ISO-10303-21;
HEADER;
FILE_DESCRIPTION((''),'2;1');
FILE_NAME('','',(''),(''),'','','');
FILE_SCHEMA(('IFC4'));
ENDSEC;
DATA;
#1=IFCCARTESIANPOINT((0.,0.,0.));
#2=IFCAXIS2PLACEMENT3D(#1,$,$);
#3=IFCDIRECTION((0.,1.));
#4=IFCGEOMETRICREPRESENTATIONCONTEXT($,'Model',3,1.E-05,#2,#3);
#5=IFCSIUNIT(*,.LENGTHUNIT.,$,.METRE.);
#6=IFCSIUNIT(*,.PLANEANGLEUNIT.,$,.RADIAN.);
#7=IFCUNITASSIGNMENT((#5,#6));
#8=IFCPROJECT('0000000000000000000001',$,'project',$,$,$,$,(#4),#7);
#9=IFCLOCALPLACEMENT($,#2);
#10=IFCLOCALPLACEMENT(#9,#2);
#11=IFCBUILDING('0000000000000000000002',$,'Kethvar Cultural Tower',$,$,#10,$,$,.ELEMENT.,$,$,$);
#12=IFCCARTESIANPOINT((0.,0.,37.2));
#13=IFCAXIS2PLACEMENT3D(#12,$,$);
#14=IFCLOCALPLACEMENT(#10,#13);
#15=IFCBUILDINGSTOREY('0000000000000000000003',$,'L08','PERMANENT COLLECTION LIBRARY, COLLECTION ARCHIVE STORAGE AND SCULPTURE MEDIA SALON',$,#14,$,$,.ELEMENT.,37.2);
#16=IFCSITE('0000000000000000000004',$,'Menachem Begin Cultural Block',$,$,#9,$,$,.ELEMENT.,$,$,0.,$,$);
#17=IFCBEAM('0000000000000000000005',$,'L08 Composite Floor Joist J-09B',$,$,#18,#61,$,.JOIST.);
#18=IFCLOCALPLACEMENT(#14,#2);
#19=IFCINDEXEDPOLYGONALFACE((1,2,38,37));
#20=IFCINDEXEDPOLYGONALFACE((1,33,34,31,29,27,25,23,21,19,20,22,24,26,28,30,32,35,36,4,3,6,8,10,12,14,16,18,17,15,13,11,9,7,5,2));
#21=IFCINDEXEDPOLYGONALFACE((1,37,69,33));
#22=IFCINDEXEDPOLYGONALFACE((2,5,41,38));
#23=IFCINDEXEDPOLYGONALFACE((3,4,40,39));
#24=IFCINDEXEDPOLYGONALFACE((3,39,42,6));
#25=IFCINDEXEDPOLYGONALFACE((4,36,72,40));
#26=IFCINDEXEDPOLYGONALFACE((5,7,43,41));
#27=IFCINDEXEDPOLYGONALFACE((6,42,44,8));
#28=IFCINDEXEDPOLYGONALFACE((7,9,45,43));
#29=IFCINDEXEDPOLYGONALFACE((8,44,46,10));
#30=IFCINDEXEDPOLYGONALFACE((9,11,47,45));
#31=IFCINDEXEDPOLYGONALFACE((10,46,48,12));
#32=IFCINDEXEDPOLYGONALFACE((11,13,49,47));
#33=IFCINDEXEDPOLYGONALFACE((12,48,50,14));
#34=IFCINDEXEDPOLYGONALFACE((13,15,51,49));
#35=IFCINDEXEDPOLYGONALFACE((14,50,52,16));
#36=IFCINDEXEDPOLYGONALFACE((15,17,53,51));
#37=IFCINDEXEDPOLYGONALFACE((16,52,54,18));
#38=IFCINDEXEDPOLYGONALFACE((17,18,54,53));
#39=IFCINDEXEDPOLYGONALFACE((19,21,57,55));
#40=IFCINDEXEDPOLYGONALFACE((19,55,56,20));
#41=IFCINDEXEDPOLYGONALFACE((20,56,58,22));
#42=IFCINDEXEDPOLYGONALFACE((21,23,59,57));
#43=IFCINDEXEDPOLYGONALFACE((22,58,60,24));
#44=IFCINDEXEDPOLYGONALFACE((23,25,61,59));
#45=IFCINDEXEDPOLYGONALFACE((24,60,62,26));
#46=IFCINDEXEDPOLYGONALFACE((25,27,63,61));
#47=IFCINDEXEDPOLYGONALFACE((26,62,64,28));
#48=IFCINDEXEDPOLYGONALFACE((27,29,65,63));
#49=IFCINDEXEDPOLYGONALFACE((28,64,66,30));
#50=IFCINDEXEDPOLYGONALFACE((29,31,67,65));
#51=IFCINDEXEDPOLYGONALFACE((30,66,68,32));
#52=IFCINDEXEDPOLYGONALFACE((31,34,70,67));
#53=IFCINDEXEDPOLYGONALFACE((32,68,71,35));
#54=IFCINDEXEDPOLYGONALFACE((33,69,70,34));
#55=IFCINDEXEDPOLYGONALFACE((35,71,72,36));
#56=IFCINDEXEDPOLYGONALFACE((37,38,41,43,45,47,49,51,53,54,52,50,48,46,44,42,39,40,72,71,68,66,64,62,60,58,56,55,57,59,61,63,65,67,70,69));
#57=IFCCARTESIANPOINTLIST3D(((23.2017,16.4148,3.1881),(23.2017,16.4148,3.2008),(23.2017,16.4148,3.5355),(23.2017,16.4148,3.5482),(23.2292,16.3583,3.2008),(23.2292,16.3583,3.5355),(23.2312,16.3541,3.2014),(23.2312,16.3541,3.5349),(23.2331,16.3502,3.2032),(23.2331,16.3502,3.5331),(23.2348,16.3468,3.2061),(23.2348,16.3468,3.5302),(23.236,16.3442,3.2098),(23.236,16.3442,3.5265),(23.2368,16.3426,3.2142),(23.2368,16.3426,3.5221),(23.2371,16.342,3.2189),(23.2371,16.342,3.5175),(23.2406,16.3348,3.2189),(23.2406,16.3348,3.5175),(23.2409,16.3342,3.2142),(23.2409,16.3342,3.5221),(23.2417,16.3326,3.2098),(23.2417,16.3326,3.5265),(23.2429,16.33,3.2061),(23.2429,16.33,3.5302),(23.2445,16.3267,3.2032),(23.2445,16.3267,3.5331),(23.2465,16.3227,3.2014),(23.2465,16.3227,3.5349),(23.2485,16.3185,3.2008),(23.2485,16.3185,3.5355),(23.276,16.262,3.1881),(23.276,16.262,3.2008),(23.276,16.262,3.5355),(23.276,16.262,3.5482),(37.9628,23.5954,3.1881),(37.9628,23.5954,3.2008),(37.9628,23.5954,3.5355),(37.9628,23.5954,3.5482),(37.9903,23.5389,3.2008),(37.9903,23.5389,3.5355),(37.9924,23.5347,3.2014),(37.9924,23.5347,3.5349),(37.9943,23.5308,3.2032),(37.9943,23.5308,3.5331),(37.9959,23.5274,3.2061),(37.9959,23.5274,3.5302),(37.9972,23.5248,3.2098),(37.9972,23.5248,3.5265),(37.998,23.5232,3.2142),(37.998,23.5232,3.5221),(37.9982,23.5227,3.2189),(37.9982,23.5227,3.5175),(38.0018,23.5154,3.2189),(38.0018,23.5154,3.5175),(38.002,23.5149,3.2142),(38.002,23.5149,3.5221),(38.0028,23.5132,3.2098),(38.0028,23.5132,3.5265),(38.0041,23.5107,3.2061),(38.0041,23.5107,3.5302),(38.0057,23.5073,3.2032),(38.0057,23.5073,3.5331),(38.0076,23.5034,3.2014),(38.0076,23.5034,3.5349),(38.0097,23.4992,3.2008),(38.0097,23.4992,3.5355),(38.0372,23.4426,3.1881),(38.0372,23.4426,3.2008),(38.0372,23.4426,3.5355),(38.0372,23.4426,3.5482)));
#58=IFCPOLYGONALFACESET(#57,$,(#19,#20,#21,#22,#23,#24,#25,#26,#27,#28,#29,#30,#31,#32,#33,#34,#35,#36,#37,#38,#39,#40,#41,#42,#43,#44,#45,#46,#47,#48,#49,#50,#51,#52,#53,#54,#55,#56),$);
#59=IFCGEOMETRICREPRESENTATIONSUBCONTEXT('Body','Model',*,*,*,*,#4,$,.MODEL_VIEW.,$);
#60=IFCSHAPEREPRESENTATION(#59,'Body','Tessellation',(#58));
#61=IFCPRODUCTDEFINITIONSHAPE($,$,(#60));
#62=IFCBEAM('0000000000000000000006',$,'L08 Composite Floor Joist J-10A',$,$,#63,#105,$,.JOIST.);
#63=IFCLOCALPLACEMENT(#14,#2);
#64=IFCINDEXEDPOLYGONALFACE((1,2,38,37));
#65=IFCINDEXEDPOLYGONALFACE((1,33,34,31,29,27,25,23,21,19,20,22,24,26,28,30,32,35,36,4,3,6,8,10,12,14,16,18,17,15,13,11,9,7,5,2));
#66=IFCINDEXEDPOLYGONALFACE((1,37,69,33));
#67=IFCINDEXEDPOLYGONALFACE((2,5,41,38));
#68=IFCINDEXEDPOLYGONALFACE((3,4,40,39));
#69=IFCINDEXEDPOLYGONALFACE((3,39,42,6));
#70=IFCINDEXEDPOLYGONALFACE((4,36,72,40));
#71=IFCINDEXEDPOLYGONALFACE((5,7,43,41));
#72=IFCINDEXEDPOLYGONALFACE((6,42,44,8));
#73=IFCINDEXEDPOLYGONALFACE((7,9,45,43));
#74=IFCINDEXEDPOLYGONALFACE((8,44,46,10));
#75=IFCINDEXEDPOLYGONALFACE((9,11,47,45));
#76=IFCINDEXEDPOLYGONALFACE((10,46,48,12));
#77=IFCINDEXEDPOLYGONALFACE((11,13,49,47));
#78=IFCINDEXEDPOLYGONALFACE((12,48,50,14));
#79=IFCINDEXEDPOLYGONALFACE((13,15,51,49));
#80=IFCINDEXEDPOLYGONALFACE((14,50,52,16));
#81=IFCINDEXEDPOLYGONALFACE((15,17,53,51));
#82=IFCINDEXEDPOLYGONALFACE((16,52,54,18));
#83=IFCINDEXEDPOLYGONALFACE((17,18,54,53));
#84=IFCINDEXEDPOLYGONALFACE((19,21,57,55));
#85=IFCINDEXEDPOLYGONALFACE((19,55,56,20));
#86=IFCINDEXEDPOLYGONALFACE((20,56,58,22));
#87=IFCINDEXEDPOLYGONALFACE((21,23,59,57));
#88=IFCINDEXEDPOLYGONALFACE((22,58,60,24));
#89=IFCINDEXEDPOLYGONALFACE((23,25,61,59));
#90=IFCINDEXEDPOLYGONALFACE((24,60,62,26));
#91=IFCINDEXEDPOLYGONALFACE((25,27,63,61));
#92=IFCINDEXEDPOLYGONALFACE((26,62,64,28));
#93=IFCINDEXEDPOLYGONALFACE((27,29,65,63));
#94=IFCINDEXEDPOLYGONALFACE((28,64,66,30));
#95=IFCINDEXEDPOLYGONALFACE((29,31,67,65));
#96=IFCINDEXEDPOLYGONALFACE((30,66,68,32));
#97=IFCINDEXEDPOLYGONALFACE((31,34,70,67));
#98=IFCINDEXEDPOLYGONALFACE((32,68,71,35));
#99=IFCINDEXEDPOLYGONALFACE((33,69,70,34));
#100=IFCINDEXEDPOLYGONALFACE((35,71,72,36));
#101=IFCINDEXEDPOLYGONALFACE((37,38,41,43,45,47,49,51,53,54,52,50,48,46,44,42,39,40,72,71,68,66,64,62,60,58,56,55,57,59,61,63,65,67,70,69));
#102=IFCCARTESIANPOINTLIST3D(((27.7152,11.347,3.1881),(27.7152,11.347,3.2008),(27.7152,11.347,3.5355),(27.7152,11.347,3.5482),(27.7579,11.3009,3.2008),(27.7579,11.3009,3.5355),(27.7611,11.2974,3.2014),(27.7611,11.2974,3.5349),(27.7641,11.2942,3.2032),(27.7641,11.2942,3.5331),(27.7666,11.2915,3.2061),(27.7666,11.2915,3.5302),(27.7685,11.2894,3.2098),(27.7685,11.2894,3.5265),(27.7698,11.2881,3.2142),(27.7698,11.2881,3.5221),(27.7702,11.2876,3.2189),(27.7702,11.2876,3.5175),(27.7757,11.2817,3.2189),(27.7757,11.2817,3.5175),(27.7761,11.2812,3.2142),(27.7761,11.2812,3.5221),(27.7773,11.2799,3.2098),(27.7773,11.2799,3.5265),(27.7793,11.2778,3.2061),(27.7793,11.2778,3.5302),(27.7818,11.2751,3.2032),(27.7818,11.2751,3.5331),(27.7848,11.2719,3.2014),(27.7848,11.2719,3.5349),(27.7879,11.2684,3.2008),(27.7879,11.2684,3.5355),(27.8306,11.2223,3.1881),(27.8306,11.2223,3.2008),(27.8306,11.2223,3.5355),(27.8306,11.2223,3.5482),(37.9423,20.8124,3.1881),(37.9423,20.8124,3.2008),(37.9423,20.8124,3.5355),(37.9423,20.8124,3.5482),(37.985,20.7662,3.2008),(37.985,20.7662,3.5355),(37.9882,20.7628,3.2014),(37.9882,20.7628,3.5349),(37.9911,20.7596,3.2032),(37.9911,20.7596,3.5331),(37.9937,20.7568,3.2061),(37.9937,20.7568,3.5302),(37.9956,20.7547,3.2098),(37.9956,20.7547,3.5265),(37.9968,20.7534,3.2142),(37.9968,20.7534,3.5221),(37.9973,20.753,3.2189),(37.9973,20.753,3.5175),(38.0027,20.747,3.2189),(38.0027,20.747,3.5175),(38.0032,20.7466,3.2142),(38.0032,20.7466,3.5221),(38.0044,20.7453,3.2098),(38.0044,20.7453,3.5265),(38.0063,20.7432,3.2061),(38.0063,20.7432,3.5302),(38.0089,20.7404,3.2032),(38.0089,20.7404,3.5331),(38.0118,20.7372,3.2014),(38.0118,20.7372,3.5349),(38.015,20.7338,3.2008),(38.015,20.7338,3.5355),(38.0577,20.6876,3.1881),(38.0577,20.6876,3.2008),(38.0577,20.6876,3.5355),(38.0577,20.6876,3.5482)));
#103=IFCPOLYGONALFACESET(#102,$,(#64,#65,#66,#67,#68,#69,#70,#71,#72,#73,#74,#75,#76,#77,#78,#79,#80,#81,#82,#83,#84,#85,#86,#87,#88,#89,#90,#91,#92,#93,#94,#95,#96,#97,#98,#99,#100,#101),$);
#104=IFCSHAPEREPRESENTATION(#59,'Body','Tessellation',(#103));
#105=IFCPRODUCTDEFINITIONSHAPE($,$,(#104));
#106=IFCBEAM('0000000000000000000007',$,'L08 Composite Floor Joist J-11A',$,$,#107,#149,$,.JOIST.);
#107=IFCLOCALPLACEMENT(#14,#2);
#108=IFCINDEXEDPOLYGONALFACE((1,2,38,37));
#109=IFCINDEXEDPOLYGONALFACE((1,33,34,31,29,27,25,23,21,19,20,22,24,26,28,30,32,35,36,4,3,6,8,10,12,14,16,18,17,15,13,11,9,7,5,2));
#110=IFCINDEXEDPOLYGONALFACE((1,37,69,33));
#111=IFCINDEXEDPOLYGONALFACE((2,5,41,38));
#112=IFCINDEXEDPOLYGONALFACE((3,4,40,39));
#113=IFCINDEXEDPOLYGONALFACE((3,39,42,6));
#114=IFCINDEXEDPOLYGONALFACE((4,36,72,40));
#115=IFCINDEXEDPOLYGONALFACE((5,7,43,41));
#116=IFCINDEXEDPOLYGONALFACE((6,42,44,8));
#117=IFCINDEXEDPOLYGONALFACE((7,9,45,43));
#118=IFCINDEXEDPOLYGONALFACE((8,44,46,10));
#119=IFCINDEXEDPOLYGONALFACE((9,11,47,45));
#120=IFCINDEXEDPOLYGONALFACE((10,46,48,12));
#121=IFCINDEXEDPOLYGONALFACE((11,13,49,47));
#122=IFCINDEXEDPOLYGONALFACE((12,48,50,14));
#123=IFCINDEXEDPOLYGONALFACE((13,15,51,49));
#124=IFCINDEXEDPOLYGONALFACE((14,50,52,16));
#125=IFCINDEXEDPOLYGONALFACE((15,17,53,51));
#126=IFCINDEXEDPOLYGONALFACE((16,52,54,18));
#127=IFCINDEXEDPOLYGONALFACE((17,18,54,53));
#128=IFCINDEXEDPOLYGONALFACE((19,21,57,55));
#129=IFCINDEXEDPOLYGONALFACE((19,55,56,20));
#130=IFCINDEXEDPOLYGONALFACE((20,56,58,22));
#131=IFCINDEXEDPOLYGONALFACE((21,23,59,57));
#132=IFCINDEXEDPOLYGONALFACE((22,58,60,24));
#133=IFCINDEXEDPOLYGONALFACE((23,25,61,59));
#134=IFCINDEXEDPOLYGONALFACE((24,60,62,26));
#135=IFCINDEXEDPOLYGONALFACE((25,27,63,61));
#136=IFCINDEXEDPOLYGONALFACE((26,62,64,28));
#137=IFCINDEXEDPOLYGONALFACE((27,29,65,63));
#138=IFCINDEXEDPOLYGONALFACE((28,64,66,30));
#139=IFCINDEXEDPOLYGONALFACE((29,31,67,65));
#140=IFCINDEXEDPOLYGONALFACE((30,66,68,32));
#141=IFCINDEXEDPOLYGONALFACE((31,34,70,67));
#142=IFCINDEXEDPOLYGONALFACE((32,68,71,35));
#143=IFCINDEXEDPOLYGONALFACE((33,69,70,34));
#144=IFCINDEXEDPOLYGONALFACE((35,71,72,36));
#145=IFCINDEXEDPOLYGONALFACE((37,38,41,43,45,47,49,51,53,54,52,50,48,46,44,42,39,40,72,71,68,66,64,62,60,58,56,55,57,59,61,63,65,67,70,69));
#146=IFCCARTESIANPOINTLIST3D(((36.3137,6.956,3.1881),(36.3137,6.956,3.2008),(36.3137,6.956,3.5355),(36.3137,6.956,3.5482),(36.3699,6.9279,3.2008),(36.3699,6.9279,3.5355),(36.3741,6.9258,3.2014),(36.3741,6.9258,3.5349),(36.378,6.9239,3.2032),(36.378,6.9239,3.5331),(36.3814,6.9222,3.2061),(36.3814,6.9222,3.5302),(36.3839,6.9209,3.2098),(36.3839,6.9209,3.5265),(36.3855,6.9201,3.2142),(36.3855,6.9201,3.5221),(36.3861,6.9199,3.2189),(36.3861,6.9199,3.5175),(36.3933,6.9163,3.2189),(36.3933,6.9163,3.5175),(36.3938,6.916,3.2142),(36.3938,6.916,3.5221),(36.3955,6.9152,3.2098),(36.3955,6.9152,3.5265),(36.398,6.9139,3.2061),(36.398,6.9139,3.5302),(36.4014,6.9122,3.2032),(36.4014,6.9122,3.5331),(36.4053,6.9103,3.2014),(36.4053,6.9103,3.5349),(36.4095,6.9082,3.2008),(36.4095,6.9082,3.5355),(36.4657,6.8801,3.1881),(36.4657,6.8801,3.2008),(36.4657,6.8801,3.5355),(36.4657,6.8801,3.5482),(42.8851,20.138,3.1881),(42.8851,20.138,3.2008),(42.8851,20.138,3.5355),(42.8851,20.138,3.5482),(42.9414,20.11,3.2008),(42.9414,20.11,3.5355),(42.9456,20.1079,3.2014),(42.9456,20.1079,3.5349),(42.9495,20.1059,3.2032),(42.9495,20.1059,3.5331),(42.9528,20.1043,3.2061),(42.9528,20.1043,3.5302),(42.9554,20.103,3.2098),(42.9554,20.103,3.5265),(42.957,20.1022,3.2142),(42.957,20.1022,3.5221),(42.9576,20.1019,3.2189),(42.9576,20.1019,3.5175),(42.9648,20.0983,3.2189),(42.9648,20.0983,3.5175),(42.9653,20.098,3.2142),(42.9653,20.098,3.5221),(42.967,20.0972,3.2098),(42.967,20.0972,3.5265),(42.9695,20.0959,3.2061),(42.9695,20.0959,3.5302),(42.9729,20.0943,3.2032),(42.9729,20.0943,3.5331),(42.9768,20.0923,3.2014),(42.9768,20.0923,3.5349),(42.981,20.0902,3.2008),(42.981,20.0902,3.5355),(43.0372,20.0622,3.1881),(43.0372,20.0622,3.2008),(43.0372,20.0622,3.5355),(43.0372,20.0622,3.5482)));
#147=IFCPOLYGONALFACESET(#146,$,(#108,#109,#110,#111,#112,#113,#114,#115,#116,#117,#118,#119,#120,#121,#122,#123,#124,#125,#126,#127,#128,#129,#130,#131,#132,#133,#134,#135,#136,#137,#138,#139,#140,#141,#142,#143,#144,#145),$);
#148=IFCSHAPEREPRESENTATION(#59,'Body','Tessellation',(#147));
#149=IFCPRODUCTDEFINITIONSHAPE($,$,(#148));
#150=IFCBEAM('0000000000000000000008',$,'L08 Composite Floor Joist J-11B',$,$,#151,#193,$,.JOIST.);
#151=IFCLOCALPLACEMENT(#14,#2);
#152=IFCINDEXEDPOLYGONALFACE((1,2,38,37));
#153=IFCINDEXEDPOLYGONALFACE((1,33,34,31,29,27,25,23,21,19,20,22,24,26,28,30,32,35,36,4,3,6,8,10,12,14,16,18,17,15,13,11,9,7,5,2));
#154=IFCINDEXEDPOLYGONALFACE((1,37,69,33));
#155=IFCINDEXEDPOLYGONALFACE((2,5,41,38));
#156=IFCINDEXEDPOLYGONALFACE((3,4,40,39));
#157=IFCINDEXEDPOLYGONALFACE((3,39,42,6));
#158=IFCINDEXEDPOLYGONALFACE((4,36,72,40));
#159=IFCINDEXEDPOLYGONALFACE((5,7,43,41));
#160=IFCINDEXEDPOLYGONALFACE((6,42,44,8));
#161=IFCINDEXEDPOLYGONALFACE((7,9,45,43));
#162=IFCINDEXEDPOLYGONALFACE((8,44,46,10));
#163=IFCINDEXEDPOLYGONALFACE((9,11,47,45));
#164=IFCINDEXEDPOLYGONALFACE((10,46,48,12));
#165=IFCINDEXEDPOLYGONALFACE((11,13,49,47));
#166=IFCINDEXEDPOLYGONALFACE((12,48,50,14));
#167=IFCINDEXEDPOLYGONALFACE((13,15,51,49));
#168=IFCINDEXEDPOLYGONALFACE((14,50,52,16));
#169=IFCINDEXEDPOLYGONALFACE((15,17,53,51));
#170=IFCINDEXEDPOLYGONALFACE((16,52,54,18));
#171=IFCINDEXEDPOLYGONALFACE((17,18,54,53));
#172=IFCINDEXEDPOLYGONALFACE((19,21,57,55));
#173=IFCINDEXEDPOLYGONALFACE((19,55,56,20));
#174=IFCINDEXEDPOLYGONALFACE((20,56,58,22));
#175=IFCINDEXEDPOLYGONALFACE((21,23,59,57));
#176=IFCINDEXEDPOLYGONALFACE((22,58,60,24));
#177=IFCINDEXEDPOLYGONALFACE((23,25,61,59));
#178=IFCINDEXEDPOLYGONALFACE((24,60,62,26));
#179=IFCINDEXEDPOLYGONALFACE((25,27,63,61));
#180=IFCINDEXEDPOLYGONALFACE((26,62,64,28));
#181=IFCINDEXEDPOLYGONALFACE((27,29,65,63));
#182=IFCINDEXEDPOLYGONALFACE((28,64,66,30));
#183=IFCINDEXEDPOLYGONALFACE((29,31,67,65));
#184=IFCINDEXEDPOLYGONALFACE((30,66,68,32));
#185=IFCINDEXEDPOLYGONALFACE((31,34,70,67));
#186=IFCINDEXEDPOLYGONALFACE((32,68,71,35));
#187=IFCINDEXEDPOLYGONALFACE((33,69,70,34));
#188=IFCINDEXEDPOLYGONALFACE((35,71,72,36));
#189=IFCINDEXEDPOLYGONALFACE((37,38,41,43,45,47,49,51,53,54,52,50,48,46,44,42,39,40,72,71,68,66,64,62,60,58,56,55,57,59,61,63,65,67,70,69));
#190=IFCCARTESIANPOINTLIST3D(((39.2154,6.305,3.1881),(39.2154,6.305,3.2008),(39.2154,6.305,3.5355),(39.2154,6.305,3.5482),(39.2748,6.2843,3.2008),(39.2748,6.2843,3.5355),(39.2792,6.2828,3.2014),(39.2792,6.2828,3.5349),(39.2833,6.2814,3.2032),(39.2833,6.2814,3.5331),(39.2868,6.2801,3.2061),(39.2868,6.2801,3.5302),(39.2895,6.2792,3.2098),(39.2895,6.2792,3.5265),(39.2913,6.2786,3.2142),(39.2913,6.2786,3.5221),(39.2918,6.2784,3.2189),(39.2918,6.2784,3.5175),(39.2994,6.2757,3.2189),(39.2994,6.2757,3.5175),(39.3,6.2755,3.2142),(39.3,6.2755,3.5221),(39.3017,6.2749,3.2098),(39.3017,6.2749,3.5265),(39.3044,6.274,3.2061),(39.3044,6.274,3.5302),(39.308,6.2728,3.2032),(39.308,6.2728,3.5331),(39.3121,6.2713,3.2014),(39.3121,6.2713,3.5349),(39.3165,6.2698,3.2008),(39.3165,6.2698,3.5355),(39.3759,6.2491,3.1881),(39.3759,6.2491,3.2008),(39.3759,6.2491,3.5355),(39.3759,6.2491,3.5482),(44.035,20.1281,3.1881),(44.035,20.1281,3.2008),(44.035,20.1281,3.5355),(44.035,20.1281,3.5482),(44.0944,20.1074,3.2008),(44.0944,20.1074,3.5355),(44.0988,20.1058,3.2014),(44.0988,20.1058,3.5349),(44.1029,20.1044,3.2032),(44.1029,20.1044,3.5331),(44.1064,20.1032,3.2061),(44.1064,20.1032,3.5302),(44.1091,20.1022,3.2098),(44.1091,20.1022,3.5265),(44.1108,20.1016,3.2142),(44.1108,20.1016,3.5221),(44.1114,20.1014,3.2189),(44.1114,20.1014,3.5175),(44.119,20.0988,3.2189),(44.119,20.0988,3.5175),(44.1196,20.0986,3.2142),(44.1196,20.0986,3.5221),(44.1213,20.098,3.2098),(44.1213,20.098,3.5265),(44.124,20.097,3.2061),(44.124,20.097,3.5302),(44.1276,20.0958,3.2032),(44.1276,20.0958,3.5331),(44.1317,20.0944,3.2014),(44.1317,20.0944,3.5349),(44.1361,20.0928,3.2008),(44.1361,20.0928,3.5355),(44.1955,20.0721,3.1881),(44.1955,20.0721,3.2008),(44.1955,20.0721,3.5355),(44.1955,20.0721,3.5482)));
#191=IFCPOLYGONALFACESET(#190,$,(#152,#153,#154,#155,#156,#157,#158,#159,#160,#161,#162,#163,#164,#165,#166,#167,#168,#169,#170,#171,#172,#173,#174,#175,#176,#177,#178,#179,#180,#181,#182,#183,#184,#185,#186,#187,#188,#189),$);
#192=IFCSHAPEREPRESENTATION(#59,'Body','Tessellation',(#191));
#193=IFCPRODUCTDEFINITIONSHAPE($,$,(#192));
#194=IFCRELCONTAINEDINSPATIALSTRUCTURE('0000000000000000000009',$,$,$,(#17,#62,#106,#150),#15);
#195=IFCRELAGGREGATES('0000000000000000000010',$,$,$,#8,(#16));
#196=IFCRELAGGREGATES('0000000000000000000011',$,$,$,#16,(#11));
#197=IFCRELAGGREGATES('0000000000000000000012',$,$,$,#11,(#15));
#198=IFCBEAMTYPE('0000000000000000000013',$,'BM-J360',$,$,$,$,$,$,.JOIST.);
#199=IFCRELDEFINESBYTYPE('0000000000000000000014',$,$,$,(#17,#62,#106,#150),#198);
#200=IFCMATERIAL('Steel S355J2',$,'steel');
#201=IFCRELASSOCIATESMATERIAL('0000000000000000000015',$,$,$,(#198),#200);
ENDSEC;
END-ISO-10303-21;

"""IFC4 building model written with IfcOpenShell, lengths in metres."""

from ifc_helpers import new_model, si_unit, direction, frame, origin, origin_2d, place, context, subcontext, project, spatial, i_section, extrude, source, transform, mapped, material, material_profile, profile_set, type_object, element, save


model = new_model("IFC4")

# Units and contexts
model_context = context("Model", 3, precision=1e-05, world=origin(), true_north=direction((0.0, 1.0)))
body_context = subcontext(model_context, "Body", "Model", "MODEL_VIEW")
ifc_project = project(units=[si_unit("LENGTHUNIT", "METRE"), si_unit("PLANEANGLEUNIT", "RADIAN")], contexts=[model_context])

# Site, building, storey
site_placement = place(None, origin())
site = spatial("IfcSite", under=ifc_project, at=site_placement, Name="Menachem Begin Cultural Block", CompositionType="ELEMENT", RefElevation=0.0)
building_placement = place(site_placement, origin())
building = spatial("IfcBuilding", under=site, at=building_placement, Name="Kethvar Cultural Tower", CompositionType="ELEMENT")
storey_placement = place(building_placement, frame((0.0, 0.0, 37.2)))
storey = spatial("IfcBuildingStorey", under=building, at=storey_placement, Name="L08", Description="PERMANENT COLLECTION LIBRARY, COLLECTION ARCHIVE STORAGE AND SCULPTURE MEDIA SALON", CompositionType="ELEMENT", Elevation=37.2)

# Beams
ifc_material_1 = material(Name="Steel S355J2", Category="steel")
ifc_material_profile_1 = material_profile(ifc_material_1, i_section(OverallWidth=0.1699, OverallDepth=0.3601, WebThickness=0.0081, FlangeThickness=0.0127, FilletRadius=0.0181, at=origin_2d()), Name="Steel S355J2 — IPE360")
ifc_profile_set_1 = profile_set([ifc_material_profile_1], Name="Steel S355J2 — IPE360")
beam_type_1 = type_object("IfcBeamType", Name="BM-J360", PredefinedType="JOIST", material=ifc_profile_set_1)
shared_shape_1 = source(origin(), body_context, "Body", "SweptSolid", [
    extrude(i_section(OverallWidth=0.1699, OverallDepth=0.3601, WebThickness=0.0081, FlangeThickness=0.0127, FilletRadius=0.0181, at=origin_2d()), origin(), (0.0, 0.0, 1.0), 16.415),
])
beam_1_placement = place(storey_placement, frame((38.0, 23.519, 3.3682), z_axis=(-0.899246, -0.437442, 0.0), x_axis=(0.437442, -0.899246, 0.0)))
element("IfcBeam", 1, at=beam_1_placement, inside=storey, type_object=beam_type_1, Name="L08 Composite Floor Joist J-09B", PredefinedType="JOIST", context=body_context, shape_type="MappedRepresentation", body=[
    mapped(shared_shape_1, transform((0.0, 0.0, 0.0), scale=1.0)),
])
shared_shape_2 = source(origin(), body_context, "Body", "SweptSolid", [
    extrude(i_section(OverallWidth=0.1699, OverallDepth=0.3601, WebThickness=0.0081, FlangeThickness=0.0127, FilletRadius=0.0181, at=origin_2d()), origin(), (0.0, 0.0, 1.0), 13.9351),
])
beam_2_placement = place(storey_placement, frame((38.0, 20.75, 3.3682), z_axis=(-0.733909, -0.679247, 0.0), x_axis=(0.679247, -0.733909, 0.0)))
element("IfcBeam", 2, at=beam_2_placement, inside=storey, type_object=beam_type_1, Name="L08 Composite Floor Joist J-10A", PredefinedType="JOIST", context=body_context, shape_type="MappedRepresentation", body=[
    mapped(shared_shape_2, transform((0.0, 0.0, 0.0), scale=1.0)),
])
shared_shape_3 = source(origin(), body_context, "Body", "SweptSolid", [
    extrude(i_section(OverallWidth=0.1699, OverallDepth=0.3601, WebThickness=0.0081, FlangeThickness=0.0127, FilletRadius=0.0181, at=origin_2d()), origin(), (0.0, 0.0, 1.0), 14.7292),
])
beam_3_placement = place(storey_placement, frame((42.9612, 20.1001, 3.3682), z_axis=(-0.446152, -0.894957, 0.0), x_axis=(0.894957, -0.446152, 0.0)))
element("IfcBeam", 3, at=beam_3_placement, inside=storey, type_object=beam_type_1, Name="L08 Composite Floor Joist J-11A", PredefinedType="JOIST", context=body_context, shape_type="MappedRepresentation", body=[
    mapped(shared_shape_3, transform((0.0, 0.0, 0.0), scale=1.0)),
])
shared_shape_4 = source(origin(), body_context, "Body", "SweptSolid", [
    extrude(i_section(OverallWidth=0.1699, OverallDepth=0.3601, WebThickness=0.0081, FlangeThickness=0.0127, FilletRadius=0.0181, at=origin_2d()), origin(), (0.0, 0.0, 1.0), 14.6392),
])
beam_4_placement = place(storey_placement, frame((44.1152, 20.1001, 3.3682), z_axis=(-0.329226, -0.944251, 0.0), x_axis=(0.944251, -0.329226, 0.0)))
element("IfcBeam", 4, at=beam_4_placement, inside=storey, type_object=beam_type_1, Name="L08 Composite Floor Joist J-11B", PredefinedType="JOIST", context=body_context, shape_type="MappedRepresentation", body=[
    mapped(shared_shape_4, transform((0.0, 0.0, 0.0), scale=1.0)),
])

save(model, "model.ifc")
